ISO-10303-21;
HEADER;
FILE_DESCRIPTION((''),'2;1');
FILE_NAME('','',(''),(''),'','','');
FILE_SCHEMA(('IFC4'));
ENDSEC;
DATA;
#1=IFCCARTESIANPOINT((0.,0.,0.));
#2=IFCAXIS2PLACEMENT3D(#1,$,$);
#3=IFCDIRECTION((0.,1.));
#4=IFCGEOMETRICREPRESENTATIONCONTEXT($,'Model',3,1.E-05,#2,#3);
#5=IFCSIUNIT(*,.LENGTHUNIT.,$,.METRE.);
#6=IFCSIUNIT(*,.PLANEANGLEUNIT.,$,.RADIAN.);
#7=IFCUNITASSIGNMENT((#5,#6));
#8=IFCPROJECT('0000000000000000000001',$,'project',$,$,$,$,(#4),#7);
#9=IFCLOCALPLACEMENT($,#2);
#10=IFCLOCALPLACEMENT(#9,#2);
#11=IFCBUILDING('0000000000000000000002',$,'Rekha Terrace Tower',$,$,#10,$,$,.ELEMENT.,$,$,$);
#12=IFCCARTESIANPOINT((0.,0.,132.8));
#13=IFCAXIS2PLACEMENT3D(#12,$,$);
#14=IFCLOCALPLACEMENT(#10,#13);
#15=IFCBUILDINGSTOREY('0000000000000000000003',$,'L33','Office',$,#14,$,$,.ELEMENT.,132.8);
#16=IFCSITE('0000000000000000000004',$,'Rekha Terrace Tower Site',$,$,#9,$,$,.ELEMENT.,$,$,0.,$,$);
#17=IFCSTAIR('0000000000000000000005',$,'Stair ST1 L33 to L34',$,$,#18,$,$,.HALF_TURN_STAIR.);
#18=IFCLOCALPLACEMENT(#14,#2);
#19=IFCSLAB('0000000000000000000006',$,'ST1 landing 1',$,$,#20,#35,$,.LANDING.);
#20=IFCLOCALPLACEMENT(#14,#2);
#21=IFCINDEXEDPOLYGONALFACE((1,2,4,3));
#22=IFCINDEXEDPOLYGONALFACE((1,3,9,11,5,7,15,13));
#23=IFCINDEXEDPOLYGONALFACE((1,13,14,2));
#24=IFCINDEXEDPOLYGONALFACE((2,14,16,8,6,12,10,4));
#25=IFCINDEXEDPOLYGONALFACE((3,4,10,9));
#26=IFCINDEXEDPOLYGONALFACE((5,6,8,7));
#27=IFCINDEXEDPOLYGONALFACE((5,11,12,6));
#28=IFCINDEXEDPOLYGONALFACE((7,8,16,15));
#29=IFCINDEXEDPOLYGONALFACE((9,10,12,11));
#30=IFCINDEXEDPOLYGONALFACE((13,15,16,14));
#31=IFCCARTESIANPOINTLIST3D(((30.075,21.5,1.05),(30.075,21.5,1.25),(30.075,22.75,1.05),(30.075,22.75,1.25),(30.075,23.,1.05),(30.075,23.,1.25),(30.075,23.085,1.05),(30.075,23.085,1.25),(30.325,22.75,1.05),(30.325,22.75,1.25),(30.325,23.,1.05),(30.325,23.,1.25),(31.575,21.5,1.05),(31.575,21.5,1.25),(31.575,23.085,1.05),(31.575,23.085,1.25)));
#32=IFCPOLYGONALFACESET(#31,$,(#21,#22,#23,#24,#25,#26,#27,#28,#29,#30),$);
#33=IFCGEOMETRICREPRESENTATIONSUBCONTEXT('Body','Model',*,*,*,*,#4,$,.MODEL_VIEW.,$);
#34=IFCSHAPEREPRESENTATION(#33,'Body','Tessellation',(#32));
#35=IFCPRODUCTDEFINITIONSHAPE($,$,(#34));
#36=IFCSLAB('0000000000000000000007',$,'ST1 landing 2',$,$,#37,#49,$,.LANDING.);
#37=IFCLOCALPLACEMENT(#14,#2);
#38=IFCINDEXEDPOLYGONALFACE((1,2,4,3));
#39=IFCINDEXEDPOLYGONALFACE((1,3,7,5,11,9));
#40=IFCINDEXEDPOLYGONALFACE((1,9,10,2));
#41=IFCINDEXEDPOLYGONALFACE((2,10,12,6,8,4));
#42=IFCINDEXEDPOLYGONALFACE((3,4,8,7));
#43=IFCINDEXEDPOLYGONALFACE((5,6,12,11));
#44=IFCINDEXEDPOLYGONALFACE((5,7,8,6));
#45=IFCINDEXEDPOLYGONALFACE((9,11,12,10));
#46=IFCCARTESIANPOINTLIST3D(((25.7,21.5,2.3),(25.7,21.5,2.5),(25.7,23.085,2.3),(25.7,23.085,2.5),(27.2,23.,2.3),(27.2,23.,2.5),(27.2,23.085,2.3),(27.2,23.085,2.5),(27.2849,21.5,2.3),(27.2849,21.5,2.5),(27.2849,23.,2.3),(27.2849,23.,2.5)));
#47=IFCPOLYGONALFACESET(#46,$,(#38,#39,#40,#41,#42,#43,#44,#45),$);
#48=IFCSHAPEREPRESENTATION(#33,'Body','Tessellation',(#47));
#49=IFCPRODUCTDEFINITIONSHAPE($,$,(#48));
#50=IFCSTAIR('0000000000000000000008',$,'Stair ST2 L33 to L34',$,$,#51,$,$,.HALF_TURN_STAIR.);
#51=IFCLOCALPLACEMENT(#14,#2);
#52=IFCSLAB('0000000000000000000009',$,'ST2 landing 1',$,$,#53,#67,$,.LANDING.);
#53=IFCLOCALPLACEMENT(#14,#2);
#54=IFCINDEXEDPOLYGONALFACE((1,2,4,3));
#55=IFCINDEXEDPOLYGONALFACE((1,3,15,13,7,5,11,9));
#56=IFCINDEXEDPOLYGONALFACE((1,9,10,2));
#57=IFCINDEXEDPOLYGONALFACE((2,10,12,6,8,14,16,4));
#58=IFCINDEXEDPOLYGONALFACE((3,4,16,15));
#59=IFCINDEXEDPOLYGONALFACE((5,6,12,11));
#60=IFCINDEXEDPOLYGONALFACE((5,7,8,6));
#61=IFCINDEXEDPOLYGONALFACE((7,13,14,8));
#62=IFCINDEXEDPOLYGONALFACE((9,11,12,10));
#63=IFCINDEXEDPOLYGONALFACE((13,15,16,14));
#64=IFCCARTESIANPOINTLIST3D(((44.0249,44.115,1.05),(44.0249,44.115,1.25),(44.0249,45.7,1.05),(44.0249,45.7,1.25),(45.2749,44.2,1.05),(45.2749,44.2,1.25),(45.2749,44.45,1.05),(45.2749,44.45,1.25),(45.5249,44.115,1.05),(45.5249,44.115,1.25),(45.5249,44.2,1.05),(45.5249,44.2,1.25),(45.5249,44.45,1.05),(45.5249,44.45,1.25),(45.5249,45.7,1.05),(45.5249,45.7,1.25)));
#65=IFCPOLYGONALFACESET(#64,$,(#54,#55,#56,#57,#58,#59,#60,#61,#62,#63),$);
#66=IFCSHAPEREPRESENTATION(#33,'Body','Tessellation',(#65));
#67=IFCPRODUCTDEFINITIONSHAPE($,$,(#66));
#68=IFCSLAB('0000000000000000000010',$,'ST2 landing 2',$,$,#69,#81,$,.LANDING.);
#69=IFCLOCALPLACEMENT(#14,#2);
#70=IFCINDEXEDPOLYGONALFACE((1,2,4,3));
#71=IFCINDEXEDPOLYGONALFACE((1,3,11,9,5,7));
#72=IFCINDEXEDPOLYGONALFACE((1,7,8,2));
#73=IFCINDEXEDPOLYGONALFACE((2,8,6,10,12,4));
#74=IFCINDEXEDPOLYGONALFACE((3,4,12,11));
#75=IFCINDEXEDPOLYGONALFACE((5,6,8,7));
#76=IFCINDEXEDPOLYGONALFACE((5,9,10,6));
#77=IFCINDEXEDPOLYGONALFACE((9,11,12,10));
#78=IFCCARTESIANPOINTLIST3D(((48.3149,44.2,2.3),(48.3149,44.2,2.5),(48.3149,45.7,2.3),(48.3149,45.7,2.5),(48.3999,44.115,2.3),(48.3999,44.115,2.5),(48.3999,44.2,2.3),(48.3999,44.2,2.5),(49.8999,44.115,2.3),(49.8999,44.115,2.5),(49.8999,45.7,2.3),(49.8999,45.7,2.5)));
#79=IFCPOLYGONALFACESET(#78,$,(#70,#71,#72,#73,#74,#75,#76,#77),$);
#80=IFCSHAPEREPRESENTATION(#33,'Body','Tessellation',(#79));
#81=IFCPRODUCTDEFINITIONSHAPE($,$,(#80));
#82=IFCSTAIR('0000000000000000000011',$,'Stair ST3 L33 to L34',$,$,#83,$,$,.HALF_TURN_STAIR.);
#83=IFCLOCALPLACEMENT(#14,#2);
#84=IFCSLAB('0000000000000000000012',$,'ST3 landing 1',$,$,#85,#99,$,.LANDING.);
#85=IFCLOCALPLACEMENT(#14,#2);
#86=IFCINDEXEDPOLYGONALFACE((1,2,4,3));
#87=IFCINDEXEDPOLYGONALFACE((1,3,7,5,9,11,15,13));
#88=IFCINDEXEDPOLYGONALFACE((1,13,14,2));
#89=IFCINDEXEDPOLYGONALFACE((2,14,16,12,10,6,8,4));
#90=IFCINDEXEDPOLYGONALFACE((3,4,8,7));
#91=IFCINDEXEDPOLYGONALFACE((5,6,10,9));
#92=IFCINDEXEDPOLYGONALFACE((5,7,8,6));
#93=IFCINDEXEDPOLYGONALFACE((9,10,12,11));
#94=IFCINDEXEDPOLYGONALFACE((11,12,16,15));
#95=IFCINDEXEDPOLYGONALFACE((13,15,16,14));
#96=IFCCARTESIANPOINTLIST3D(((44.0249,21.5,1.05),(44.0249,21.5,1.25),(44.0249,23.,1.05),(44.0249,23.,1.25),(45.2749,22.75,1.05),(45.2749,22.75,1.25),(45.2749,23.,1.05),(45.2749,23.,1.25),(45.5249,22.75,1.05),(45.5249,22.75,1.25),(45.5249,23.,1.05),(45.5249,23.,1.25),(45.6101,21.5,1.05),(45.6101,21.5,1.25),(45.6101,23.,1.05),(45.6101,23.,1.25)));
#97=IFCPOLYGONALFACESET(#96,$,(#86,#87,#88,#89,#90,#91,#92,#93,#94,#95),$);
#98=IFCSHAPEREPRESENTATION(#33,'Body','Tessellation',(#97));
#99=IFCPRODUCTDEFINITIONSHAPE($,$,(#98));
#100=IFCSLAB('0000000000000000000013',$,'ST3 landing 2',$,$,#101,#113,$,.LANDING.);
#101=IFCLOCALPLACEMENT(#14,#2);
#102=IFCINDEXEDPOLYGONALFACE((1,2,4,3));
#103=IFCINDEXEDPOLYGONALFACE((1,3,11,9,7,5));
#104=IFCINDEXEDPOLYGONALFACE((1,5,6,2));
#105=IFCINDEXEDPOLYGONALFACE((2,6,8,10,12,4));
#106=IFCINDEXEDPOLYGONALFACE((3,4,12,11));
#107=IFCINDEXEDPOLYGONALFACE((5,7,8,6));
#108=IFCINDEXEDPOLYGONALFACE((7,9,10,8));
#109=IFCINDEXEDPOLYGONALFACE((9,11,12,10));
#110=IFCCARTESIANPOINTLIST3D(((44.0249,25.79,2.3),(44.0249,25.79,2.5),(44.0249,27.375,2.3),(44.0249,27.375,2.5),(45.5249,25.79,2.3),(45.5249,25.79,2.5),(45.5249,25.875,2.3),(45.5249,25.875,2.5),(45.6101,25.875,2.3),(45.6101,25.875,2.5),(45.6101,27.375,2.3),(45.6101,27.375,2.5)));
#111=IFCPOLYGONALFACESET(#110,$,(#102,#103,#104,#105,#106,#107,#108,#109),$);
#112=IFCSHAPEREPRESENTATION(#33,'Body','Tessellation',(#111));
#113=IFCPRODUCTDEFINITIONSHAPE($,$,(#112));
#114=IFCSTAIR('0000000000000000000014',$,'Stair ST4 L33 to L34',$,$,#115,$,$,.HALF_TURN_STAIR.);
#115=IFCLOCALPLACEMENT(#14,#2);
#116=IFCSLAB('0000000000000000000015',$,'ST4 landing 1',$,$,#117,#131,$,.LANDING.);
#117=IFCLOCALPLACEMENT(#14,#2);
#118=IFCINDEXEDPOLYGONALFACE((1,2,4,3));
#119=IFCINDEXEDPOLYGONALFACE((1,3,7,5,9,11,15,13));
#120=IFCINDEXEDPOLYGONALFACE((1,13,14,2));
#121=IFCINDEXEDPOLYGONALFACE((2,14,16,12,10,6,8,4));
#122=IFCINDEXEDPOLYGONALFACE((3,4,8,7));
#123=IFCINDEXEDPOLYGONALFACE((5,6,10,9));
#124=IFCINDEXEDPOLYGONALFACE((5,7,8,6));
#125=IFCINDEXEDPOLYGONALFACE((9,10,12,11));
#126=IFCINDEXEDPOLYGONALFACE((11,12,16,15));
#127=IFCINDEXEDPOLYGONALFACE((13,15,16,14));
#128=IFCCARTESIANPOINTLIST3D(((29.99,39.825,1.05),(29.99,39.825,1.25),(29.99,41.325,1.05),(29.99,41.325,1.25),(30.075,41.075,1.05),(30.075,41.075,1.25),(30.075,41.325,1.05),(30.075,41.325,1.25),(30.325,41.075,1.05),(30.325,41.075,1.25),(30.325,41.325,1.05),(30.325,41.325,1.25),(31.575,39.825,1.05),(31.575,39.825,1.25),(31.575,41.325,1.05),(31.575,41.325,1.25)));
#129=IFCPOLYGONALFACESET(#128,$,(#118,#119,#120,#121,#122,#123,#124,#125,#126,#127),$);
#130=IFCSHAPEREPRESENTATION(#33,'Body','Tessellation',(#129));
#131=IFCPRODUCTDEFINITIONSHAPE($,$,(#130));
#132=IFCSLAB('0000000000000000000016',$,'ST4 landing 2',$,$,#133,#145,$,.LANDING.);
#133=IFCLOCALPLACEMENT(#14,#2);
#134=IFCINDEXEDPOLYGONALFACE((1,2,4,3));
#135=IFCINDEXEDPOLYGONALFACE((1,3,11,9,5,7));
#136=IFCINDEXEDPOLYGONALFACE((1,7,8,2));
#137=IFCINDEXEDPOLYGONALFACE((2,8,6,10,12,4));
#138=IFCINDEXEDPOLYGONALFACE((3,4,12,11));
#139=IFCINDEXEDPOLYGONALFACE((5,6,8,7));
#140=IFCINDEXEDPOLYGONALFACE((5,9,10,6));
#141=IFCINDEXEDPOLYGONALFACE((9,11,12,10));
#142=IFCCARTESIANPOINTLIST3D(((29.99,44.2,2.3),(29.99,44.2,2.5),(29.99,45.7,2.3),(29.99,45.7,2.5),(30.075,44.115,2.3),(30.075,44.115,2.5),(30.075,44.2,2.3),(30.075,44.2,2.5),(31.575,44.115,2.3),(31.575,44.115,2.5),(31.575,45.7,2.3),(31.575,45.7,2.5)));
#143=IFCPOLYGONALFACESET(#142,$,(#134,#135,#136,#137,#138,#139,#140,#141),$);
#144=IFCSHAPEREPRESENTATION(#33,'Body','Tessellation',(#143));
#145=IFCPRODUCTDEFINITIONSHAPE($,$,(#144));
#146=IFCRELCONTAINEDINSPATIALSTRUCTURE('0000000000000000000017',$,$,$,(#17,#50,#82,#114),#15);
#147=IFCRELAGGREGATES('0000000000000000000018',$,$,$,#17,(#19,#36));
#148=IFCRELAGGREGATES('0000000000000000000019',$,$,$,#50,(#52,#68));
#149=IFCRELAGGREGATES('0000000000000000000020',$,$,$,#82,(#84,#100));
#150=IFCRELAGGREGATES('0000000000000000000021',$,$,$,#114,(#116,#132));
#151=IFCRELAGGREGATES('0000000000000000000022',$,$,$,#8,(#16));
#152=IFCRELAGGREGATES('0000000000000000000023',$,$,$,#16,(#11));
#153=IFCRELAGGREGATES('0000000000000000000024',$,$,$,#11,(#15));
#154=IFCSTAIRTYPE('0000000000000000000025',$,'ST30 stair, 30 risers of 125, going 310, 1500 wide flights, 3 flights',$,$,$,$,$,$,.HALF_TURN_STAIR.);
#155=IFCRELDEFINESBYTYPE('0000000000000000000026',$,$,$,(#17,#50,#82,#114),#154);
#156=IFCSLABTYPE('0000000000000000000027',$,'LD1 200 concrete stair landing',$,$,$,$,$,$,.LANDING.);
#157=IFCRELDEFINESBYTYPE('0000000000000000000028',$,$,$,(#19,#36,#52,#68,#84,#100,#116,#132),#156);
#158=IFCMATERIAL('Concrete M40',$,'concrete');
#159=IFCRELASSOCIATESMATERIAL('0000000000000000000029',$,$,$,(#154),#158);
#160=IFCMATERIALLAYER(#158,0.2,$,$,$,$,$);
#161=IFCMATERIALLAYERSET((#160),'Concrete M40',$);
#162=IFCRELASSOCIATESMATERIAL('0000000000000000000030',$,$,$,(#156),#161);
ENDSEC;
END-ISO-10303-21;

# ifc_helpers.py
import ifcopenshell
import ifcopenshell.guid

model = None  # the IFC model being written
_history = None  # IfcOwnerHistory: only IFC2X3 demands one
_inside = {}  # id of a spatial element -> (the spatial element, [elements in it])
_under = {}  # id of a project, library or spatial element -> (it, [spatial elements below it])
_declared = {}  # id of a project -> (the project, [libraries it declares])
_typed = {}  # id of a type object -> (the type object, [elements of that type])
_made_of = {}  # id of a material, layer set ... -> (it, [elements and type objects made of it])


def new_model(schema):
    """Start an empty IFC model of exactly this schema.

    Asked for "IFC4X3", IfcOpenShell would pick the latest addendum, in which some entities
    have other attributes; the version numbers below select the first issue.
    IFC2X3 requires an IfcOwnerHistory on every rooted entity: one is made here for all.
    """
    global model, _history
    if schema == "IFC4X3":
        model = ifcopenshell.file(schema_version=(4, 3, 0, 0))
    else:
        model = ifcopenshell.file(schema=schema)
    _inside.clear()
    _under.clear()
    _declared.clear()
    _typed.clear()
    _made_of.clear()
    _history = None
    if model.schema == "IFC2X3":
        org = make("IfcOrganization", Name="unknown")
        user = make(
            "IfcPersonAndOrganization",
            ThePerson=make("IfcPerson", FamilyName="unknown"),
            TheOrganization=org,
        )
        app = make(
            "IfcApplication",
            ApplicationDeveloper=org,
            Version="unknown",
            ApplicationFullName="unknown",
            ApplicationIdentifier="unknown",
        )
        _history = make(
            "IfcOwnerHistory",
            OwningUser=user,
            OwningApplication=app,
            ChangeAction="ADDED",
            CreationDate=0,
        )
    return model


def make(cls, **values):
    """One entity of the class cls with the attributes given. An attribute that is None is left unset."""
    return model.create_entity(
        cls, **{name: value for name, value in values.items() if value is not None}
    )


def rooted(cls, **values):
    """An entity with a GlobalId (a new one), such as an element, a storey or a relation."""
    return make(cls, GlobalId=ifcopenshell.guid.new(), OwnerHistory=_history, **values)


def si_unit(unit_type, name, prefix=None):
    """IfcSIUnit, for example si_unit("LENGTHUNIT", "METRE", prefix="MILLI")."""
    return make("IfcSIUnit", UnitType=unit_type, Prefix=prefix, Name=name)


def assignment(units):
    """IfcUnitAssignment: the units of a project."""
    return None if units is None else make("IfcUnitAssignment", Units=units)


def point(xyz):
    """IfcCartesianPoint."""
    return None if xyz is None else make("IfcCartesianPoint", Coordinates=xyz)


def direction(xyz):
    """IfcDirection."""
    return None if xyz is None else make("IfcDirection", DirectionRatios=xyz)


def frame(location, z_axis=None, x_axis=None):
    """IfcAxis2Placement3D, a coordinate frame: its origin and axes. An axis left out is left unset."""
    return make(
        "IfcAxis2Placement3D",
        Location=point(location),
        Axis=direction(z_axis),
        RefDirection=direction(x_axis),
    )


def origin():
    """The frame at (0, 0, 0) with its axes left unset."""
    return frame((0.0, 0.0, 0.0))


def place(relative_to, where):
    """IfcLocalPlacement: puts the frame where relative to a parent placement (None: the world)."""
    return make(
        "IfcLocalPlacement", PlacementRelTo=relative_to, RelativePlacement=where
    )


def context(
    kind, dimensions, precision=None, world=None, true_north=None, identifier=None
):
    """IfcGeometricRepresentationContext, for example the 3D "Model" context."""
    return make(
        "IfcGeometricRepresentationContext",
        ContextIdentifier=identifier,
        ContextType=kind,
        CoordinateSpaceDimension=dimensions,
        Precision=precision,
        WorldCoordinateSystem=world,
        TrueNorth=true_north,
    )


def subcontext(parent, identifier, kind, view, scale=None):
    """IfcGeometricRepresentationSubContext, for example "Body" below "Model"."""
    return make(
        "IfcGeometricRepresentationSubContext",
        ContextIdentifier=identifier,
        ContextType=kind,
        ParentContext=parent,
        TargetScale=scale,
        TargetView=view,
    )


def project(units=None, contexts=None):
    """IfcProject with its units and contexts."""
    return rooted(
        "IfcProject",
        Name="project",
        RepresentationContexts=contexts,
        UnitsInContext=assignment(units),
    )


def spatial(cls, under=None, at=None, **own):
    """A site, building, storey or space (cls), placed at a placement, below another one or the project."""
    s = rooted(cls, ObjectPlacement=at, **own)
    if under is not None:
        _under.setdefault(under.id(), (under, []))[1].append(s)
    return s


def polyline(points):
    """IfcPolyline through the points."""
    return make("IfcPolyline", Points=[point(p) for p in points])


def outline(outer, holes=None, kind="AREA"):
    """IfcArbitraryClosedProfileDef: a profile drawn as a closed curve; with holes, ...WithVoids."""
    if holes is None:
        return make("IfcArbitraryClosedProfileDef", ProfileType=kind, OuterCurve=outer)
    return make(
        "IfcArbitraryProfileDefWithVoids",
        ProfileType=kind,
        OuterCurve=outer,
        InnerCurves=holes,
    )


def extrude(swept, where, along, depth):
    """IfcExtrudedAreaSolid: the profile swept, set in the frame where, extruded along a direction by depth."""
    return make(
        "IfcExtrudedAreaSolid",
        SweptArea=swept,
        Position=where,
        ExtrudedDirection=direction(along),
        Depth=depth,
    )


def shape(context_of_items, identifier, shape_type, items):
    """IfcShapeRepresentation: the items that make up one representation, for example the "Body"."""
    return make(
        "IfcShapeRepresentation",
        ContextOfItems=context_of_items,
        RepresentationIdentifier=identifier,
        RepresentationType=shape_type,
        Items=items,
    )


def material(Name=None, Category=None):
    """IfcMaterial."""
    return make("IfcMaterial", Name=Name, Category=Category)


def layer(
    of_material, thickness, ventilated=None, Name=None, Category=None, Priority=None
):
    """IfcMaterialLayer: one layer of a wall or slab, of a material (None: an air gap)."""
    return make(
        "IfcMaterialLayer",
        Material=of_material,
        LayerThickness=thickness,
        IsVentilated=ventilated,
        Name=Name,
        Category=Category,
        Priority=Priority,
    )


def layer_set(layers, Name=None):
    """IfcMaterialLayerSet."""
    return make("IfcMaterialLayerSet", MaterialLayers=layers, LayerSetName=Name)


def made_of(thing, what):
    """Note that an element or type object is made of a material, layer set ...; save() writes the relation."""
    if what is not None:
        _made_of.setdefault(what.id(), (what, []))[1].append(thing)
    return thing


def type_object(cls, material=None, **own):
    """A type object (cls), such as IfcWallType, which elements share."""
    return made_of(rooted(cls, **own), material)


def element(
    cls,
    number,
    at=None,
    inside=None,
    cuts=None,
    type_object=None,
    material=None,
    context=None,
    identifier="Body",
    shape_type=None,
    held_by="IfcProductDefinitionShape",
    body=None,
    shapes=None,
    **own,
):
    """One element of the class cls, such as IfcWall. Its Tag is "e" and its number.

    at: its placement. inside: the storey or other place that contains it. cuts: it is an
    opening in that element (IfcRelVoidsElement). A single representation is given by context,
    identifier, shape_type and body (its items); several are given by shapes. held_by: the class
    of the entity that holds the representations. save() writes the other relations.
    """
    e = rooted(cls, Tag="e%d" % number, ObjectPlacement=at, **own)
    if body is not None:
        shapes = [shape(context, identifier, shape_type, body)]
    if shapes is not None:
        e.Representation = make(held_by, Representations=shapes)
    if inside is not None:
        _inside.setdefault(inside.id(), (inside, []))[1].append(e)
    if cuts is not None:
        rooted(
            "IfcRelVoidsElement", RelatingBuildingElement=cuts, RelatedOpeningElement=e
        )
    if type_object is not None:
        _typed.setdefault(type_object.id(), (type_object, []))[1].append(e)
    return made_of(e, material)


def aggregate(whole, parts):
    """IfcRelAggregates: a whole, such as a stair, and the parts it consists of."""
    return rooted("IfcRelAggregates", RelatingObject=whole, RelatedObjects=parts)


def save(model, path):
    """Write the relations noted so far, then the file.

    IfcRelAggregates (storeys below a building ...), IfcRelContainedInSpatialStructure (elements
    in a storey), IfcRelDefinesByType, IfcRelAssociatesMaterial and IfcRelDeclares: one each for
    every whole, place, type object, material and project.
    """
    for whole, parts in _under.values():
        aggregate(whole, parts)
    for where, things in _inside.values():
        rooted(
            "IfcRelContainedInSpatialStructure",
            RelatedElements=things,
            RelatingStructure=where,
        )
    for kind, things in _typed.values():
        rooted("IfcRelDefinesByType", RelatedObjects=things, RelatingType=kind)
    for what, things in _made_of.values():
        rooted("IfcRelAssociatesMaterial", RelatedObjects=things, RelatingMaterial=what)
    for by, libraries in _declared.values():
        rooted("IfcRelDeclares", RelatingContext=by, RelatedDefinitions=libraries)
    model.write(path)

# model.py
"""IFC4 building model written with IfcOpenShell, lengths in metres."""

from ifc_helpers import new_model, si_unit, direction, frame, origin, place, context, subcontext, project, spatial, polyline, outline, extrude, material, layer, layer_set, type_object, element, aggregate, save


model = new_model("IFC4")

# Units and contexts
model_context = context("Model", 3, precision=1e-05, world=origin(), true_north=direction((0.0, 1.0)))
body_context = subcontext(model_context, "Body", "Model", "MODEL_VIEW")
ifc_project = project(units=[si_unit("LENGTHUNIT", "METRE"), si_unit("PLANEANGLEUNIT", "RADIAN")], contexts=[model_context])

# Site, building, storey
site_placement = place(None, origin())
site = spatial("IfcSite", under=ifc_project, at=site_placement, Name="Rekha Terrace Tower Site", CompositionType="ELEMENT", RefElevation=0.0)
building_placement = place(site_placement, origin())
building = spatial("IfcBuilding", under=site, at=building_placement, Name="Rekha Terrace Tower", CompositionType="ELEMENT")
storey_placement = place(building_placement, frame((0.0, 0.0, 132.8)))
storey = spatial("IfcBuildingStorey", under=building, at=storey_placement, Name="L33", Description="Office", CompositionType="ELEMENT", Elevation=132.8)

# Stairs, slabs
ifc_material_1 = material(Name="Concrete M40", Category="concrete")
stair_type = type_object("IfcStairType", Name="ST30 stair, 30 risers of 125, going 310, 1500 wide flights, 3 flights", PredefinedType="HALF_TURN_STAIR", material=ifc_material_1)
stair_1_placement = place(storey_placement, origin())
stair_1 = element("IfcStair", 1, at=stair_1_placement, inside=storey, type_object=stair_type, Name="Stair ST1 L33 to L34", PredefinedType="HALF_TURN_STAIR")
ifc_layer_1 = layer(ifc_material_1, 0.2)
ifc_layer_set_1 = layer_set([ifc_layer_1], Name="Concrete M40")
slab_type_1 = type_object("IfcSlabType", Name="LD1 200 concrete stair landing", PredefinedType="LANDING", material=ifc_layer_set_1)
slab_1_placement = place(storey_placement, frame((0.0, 0.0, 1.05)))
slab_1 = element("IfcSlab", 2, at=slab_1_placement, type_object=slab_type_1, Name="ST1 landing 1", PredefinedType="LANDING", context=body_context, shape_type="SweptSolid", body=[
    extrude(outline(polyline([(30.075, 21.5), (31.575, 21.5), (31.575, 23.085), (30.075, 23.085), (30.075, 23.0), (30.325, 23.0), (30.325, 22.75), (30.075, 22.75), (30.075, 21.5)])), origin(), (0.0, 0.0, 1.0), 0.2),
])
slab_2_placement = place(storey_placement, frame((0.0, 0.0, 2.3)))
slab_2 = element("IfcSlab", 3, at=slab_2_placement, type_object=slab_type_1, Name="ST1 landing 2", PredefinedType="LANDING", context=body_context, shape_type="SweptSolid", body=[
    extrude(outline(polyline([(27.2, 23.085), (25.7, 23.085), (25.7, 21.5), (27.2849, 21.5), (27.2849, 23.0), (27.2, 23.0), (27.2, 23.085)])), origin(), (0.0, 0.0, 1.0), 0.2),
])
aggregate(stair_1, [slab_1, slab_2])
stair_2_placement = place(storey_placement, origin())
stair_2 = element("IfcStair", 4, at=stair_2_placement, inside=storey, type_object=stair_type, Name="Stair ST2 L33 to L34", PredefinedType="HALF_TURN_STAIR")
slab_3_placement = place(storey_placement, frame((0.0, 0.0, 1.05)))
slab_3 = element("IfcSlab", 5, at=slab_3_placement, type_object=slab_type_1, Name="ST2 landing 1", PredefinedType="LANDING", context=body_context, shape_type="SweptSolid", body=[
    extrude(outline(polyline([(45.5249, 45.7), (44.0249, 45.7), (44.0249, 44.115), (45.5249, 44.115), (45.5249, 44.2), (45.2749, 44.2), (45.2749, 44.45), (45.5249, 44.45), (45.5249, 45.7)])), origin(), (0.0, 0.0, 1.0), 0.2),
])
slab_4_placement = place(storey_placement, frame((0.0, 0.0, 2.3)))
slab_4 = element("IfcSlab", 6, at=slab_4_placement, type_object=slab_type_1, Name="ST2 landing 2", PredefinedType="LANDING", context=body_context, shape_type="SweptSolid", body=[
    extrude(outline(polyline([(48.3999, 44.115), (49.8999, 44.115), (49.8999, 45.7), (48.3149, 45.7), (48.3149, 44.2), (48.3999, 44.2), (48.3999, 44.115)])), origin(), (0.0, 0.0, 1.0), 0.2),
])
aggregate(stair_2, [slab_3, slab_4])
stair_3_placement = place(storey_placement, origin())
stair_3 = element("IfcStair", 7, at=stair_3_placement, inside=storey, type_object=stair_type, Name="Stair ST3 L33 to L34", PredefinedType="HALF_TURN_STAIR")
slab_5_placement = place(storey_placement, frame((0.0, 0.0, 1.05)))
slab_5 = element("IfcSlab", 8, at=slab_5_placement, type_object=slab_type_1, Name="ST3 landing 1", PredefinedType="LANDING", context=body_context, shape_type="SweptSolid", body=[
    extrude(outline(polyline([(44.0249, 23.0), (44.0249, 21.5), (45.6101, 21.5), (45.6101, 23.0), (45.5249, 23.0), (45.5249, 22.75), (45.2749, 22.75), (45.2749, 23.0), (44.0249, 23.0)])), origin(), (0.0, 0.0, 1.0), 0.2),
])
slab_6_placement = place(storey_placement, frame((0.0, 0.0, 2.3)))
slab_6 = element("IfcSlab", 9, at=slab_6_placement, type_object=slab_type_1, Name="ST3 landing 2", PredefinedType="LANDING", context=body_context, shape_type="SweptSolid", body=[
    extrude(outline(polyline([(45.6101, 25.875), (45.6101, 27.375), (44.0249, 27.375), (44.0249, 25.79), (45.5249, 25.79), (45.5249, 25.875), (45.6101, 25.875)])), origin(), (0.0, 0.0, 1.0), 0.2),
])
aggregate(stair_3, [slab_5, slab_6])
stair_4_placement = place(storey_placement, origin())
stair_4 = element("IfcStair", 10, at=stair_4_placement, inside=storey, type_object=stair_type, Name="Stair ST4 L33 to L34", PredefinedType="HALF_TURN_STAIR")
slab_7_placement = place(storey_placement, frame((0.0, 0.0, 1.05)))
slab_7 = element("IfcSlab", 11, at=slab_7_placement, type_object=slab_type_1, Name="ST4 landing 1", PredefinedType="LANDING", context=body_context, shape_type="SweptSolid", body=[
    extrude(outline(polyline([(31.575, 41.325), (31.575, 39.825), (29.99, 39.825), (29.99, 41.325), (30.075, 41.325), (30.075, 41.075), (30.325, 41.075), (30.325, 41.325), (31.575, 41.325)])), origin(), (0.0, 0.0, 1.0), 0.2),
])
slab_8_placement = place(storey_placement, frame((0.0, 0.0, 2.3)))
slab_8 = element("IfcSlab", 12, at=slab_8_placement, type_object=slab_type_1, Name="ST4 landing 2", PredefinedType="LANDING", context=body_context, shape_type="SweptSolid", body=[
    extrude(outline(polyline([(29.99, 44.2), (29.99, 45.7), (31.575, 45.7), (31.575, 44.115), (30.075, 44.115), (30.075, 44.2), (29.99, 44.2)])), origin(), (0.0, 0.0, 1.0), 0.2),
])
aggregate(stair_4, [slab_7, slab_8])

save(model, "model.ifc")
